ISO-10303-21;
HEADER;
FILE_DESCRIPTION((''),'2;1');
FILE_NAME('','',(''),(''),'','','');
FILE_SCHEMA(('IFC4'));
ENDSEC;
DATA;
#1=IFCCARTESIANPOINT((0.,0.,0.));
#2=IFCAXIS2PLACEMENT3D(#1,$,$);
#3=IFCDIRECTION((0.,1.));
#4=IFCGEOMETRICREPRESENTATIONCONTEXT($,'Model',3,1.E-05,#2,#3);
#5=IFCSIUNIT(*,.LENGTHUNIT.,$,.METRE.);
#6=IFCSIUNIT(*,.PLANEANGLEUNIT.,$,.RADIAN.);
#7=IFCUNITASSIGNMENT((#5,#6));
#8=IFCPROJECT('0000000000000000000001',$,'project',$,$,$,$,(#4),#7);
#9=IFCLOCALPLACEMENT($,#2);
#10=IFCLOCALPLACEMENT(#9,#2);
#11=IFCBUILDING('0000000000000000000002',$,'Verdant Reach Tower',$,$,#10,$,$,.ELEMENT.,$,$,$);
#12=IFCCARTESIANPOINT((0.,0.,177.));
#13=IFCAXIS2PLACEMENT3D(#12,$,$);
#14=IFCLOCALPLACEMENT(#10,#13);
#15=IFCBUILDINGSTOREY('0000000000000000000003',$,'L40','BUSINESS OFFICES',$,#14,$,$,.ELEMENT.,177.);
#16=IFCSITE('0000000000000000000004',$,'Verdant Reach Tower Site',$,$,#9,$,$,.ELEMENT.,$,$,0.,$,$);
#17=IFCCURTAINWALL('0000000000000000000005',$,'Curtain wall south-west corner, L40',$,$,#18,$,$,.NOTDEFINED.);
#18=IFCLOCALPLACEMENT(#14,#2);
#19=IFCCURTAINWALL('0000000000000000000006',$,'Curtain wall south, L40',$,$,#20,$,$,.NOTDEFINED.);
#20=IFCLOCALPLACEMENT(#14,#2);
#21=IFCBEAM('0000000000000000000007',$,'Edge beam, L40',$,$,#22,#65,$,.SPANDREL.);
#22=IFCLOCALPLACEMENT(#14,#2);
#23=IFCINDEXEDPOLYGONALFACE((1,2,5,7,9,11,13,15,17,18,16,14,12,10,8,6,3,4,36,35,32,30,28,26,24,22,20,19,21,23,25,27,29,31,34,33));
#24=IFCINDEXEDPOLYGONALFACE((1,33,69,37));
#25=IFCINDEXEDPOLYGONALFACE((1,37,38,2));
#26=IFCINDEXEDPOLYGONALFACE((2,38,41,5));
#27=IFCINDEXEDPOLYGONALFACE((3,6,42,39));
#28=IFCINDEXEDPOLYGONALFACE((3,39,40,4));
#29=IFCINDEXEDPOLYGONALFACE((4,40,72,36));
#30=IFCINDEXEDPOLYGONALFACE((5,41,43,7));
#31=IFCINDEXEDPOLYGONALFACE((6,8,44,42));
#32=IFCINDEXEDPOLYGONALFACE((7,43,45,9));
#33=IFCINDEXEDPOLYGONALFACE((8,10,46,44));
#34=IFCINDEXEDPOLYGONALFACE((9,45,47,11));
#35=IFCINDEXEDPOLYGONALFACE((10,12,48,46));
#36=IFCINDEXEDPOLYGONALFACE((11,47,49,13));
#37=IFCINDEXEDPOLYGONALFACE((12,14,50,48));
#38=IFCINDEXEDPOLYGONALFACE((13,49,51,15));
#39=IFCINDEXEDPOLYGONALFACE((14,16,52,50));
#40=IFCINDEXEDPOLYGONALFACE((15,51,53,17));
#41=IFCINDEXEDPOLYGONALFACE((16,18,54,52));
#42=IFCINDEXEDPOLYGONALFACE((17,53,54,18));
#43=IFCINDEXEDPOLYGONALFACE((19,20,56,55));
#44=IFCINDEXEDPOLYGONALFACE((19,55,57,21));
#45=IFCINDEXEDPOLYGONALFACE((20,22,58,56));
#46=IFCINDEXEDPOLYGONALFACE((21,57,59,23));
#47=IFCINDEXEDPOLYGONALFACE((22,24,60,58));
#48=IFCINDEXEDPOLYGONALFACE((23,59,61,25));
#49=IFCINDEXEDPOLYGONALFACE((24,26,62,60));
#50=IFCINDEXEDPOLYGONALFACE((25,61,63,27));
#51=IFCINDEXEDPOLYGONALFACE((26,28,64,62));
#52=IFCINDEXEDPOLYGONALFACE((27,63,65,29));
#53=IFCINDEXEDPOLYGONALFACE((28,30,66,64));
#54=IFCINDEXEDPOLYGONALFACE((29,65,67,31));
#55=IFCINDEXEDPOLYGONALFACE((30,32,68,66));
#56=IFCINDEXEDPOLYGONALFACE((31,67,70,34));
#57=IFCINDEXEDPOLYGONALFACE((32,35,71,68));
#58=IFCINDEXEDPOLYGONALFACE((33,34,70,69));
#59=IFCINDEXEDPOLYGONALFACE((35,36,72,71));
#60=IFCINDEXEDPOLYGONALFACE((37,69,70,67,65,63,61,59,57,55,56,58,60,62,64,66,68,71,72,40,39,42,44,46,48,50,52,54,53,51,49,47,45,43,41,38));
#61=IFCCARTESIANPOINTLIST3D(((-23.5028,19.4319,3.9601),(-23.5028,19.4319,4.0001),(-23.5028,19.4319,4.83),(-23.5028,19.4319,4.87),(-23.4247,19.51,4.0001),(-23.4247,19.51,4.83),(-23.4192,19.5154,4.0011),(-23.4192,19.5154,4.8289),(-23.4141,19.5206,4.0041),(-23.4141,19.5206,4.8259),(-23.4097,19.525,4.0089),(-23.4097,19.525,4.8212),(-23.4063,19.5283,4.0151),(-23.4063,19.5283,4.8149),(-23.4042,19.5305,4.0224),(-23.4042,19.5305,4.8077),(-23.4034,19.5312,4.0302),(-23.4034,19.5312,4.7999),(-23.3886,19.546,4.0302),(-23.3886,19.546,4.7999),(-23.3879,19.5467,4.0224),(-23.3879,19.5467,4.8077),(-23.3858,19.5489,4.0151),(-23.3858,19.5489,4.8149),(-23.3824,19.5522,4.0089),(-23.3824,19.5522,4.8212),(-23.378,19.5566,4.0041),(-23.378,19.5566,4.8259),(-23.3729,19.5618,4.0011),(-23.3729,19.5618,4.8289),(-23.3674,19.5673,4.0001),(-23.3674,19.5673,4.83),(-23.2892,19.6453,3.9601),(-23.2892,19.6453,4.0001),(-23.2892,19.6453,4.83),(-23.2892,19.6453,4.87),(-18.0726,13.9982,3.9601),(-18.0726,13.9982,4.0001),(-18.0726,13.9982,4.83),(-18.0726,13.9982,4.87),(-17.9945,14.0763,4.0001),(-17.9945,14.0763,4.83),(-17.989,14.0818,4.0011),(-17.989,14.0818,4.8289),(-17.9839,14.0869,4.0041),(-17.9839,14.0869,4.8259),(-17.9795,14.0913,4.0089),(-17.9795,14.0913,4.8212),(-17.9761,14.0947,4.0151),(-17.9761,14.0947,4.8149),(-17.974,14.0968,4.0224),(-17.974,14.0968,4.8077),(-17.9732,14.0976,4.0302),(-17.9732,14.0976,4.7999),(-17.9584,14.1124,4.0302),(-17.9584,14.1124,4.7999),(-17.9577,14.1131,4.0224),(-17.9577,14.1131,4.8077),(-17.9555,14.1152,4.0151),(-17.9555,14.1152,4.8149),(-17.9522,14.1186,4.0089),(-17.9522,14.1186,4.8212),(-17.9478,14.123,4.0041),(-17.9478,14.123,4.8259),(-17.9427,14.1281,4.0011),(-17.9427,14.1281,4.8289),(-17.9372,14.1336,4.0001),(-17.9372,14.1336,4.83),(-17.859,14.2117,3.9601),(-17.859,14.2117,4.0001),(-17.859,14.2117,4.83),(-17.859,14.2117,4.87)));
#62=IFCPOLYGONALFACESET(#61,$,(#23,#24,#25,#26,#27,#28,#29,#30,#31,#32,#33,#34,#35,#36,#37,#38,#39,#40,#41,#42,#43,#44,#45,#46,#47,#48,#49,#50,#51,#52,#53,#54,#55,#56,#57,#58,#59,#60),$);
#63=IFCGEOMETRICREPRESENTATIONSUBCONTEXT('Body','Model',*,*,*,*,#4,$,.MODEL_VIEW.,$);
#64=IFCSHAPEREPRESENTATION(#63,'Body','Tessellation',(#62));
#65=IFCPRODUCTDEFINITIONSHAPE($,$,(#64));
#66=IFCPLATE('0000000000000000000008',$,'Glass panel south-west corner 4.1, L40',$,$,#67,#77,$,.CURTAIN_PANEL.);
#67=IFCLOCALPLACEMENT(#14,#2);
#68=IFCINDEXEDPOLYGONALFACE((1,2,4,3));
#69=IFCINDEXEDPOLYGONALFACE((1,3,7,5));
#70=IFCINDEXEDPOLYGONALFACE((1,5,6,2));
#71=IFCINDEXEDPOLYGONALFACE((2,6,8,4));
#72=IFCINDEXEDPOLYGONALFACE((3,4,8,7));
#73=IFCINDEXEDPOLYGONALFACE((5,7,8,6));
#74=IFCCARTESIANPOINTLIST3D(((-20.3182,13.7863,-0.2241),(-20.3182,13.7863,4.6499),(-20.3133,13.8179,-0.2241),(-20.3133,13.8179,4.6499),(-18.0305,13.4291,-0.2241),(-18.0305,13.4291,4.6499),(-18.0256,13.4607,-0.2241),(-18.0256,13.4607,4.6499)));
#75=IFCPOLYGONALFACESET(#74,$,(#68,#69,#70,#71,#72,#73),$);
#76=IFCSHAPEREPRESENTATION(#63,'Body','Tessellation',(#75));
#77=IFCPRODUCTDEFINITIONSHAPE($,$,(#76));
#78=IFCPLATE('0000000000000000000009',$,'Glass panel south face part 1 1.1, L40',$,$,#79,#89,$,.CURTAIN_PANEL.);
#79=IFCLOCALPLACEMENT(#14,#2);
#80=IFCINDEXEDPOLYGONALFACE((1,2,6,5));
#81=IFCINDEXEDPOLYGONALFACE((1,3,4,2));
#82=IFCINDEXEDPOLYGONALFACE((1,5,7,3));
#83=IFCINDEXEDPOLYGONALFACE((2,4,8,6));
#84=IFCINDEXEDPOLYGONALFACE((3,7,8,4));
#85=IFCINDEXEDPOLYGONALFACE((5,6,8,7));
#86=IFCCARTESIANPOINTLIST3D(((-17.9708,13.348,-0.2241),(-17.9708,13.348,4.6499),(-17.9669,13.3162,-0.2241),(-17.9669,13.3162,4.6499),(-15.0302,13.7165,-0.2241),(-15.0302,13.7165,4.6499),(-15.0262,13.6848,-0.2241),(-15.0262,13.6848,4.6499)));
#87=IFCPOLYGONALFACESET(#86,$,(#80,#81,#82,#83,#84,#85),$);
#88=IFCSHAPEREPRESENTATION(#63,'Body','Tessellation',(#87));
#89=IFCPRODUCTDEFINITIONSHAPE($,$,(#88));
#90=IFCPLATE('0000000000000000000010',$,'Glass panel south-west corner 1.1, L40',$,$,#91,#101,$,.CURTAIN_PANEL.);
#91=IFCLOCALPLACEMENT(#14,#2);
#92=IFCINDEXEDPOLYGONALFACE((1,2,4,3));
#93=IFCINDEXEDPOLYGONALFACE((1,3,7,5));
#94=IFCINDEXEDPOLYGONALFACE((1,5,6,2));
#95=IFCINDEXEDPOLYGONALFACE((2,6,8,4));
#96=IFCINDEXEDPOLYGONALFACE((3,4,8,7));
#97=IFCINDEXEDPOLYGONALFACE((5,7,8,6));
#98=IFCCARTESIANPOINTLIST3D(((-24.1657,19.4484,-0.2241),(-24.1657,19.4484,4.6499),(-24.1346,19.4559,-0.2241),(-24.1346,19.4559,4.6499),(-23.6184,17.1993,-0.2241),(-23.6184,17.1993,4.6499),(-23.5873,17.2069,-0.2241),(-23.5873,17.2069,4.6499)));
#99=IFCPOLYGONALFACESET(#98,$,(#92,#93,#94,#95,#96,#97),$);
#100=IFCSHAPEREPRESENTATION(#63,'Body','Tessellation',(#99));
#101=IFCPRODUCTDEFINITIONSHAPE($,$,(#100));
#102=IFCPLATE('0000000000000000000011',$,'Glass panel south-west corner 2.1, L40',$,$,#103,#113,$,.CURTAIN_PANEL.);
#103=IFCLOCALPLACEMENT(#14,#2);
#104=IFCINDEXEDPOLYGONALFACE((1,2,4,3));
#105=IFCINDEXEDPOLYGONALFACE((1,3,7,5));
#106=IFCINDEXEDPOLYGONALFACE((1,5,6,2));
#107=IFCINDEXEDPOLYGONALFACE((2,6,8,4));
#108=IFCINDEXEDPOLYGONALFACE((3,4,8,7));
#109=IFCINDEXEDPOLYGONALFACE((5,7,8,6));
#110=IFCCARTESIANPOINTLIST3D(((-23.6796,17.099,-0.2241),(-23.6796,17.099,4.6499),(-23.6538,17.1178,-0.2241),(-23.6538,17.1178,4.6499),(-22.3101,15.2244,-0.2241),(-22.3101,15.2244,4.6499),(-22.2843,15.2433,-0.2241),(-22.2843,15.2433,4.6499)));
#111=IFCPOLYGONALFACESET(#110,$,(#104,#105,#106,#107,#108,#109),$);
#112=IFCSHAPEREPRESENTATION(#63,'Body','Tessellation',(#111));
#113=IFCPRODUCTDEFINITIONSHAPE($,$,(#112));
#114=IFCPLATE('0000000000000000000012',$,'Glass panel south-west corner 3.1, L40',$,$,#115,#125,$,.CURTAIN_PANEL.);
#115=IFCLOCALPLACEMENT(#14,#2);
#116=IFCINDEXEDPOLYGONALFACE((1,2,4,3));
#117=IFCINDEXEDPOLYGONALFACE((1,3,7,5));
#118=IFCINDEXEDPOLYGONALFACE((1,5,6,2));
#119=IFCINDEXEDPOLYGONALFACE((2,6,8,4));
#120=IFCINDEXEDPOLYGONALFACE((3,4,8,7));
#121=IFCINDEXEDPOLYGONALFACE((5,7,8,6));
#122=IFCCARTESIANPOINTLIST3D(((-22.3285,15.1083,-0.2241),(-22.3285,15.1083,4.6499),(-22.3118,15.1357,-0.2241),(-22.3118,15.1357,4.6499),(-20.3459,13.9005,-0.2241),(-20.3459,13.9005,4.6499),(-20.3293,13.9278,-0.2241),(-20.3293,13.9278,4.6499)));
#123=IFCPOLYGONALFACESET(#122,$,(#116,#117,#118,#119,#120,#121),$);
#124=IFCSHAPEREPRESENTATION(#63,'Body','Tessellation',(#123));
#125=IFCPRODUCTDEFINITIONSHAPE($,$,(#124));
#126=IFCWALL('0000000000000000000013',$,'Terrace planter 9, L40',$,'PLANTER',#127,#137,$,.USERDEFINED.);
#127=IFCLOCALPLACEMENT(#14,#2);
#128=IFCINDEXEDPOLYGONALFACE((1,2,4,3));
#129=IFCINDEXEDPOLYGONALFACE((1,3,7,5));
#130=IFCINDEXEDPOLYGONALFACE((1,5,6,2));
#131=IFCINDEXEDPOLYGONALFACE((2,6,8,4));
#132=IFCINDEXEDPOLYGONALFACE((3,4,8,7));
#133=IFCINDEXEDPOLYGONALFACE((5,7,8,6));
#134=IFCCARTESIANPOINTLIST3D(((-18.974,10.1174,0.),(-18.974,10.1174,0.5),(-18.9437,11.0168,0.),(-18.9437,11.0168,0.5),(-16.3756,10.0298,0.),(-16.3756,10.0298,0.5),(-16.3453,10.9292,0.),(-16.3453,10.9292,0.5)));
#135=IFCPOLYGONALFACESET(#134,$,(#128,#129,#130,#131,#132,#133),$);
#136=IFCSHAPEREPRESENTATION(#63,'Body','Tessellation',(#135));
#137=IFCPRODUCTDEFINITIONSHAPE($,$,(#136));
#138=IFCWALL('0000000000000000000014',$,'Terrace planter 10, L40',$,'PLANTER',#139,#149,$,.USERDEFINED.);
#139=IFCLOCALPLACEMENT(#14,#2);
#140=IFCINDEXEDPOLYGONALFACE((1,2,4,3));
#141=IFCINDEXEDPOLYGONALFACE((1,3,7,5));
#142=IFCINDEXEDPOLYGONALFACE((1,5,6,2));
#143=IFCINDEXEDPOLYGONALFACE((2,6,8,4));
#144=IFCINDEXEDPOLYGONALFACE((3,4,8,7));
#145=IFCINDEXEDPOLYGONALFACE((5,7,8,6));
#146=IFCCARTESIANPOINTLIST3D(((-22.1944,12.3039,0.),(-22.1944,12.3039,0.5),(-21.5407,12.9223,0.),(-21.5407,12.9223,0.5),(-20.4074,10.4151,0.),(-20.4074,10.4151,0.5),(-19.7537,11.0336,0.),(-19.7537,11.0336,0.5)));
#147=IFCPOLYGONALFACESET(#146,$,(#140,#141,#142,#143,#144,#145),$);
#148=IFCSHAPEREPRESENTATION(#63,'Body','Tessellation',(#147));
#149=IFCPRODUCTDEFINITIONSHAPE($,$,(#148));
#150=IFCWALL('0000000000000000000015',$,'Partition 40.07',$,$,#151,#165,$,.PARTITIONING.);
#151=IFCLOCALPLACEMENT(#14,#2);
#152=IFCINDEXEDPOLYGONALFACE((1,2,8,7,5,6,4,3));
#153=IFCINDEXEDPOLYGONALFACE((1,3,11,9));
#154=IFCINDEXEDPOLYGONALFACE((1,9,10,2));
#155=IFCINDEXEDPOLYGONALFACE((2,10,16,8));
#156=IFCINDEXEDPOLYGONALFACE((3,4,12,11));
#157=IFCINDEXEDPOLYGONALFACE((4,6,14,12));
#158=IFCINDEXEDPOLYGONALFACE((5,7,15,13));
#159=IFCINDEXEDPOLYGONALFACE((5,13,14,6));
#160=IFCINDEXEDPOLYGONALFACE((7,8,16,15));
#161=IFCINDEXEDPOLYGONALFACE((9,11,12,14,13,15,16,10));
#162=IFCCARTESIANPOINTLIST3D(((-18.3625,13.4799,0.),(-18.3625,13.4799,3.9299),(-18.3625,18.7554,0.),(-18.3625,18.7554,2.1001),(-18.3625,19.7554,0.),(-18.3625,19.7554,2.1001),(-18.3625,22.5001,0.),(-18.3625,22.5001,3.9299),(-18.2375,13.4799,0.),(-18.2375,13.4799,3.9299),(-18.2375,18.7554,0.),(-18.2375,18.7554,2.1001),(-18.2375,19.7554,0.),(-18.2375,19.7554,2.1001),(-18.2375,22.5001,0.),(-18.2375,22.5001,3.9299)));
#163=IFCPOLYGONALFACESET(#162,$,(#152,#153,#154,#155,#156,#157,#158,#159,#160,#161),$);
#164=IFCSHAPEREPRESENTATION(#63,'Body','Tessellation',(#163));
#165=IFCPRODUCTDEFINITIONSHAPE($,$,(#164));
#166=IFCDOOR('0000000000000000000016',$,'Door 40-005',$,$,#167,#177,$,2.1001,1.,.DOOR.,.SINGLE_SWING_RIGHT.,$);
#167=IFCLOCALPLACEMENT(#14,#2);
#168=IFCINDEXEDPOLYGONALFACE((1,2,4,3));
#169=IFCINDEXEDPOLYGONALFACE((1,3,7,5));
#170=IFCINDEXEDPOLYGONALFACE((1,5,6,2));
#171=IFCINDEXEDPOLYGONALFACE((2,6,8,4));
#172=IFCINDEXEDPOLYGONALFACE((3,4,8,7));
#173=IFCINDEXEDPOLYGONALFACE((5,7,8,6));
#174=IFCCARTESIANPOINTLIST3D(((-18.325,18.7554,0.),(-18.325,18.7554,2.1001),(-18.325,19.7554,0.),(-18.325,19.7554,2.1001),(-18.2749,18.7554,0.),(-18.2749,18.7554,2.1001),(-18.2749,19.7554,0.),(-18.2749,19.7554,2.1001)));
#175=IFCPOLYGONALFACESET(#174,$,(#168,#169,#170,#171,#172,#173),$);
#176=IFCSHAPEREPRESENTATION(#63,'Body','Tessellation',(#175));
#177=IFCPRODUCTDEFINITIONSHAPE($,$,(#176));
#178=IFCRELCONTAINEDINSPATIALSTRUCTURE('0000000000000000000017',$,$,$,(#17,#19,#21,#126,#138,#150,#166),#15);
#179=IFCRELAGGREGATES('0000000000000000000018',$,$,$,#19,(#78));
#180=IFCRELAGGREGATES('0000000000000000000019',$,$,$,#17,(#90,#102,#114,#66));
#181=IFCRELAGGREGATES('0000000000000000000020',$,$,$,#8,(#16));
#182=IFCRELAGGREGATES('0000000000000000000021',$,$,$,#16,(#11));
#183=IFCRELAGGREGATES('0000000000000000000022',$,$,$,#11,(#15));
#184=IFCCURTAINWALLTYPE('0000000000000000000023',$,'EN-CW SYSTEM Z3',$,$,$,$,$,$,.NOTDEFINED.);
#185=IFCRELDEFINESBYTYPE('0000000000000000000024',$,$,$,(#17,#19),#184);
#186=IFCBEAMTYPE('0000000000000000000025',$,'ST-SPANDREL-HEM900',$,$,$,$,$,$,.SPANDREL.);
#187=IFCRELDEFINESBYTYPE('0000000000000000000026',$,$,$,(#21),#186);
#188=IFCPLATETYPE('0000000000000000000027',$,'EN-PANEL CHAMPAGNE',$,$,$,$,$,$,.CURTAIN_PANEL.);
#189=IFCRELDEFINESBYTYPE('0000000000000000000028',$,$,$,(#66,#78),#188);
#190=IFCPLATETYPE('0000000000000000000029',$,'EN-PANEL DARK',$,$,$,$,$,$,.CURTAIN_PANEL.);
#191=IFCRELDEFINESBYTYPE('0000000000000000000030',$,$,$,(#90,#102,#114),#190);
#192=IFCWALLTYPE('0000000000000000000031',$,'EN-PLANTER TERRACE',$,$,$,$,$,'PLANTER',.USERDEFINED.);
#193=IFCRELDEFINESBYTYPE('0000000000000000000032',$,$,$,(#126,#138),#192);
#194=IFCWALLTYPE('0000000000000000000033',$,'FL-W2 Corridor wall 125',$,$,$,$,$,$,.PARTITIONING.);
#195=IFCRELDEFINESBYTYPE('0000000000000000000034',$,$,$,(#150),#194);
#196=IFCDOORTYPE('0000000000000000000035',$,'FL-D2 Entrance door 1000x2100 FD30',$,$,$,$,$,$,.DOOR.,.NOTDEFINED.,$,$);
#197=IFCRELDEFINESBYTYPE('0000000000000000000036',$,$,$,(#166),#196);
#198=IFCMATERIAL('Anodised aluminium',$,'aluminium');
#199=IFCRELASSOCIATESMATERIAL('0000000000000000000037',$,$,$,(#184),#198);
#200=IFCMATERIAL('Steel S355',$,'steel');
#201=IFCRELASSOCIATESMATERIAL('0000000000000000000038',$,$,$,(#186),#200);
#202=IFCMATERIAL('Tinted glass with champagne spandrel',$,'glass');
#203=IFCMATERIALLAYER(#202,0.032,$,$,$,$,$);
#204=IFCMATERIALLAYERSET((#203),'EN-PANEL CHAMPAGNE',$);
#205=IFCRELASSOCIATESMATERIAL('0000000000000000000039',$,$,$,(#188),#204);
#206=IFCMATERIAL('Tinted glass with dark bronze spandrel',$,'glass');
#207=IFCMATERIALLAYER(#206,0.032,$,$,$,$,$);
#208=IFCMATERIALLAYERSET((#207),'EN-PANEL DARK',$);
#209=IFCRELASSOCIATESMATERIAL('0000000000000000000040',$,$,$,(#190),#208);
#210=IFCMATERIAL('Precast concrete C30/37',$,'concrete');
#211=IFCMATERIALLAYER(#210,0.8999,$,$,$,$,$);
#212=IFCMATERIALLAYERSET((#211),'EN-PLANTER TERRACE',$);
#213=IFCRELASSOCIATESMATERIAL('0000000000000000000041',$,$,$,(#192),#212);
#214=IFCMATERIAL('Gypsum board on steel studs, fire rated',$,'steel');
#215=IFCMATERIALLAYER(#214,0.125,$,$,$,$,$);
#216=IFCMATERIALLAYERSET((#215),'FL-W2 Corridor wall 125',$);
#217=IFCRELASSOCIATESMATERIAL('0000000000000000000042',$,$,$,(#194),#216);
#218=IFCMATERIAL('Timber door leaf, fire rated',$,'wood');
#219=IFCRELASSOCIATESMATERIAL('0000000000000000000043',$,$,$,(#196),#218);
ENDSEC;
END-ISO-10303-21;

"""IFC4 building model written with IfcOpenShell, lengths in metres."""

from ifc_helpers import new_model, si_unit, direction, frame, frame_2d, origin, origin_2d, place, context, subcontext, project, spatial, rectangle, i_section, extrude, material, layer, layer_set, material_profile, profile_set, type_object, element, fill, aggregate, save


model = new_model("IFC4")

# Units and contexts
model_context = context("Model", 3, precision=1e-05, world=origin(), true_north=direction((0.0, 1.0)))
body_context = subcontext(model_context, "Body", "Model", "MODEL_VIEW")
ifc_project = project(units=[si_unit("LENGTHUNIT", "METRE"), si_unit("PLANEANGLEUNIT", "RADIAN")], contexts=[model_context])

# Site, building, storey
site_placement = place(None, origin())
site = spatial("IfcSite", under=ifc_project, at=site_placement, Name="Verdant Reach Tower Site", CompositionType="ELEMENT", RefElevation=0.0)
building_placement = place(site_placement, origin())
building = spatial("IfcBuilding", under=site, at=building_placement, Name="Verdant Reach Tower", CompositionType="ELEMENT")
storey_placement = place(building_placement, frame((0.0, 0.0, 177.0)))
storey = spatial("IfcBuildingStorey", under=building, at=storey_placement, Name="L40", Description="BUSINESS OFFICES", CompositionType="ELEMENT", Elevation=177.0)

# Curtain walls
ifc_material_1 = material(Name="Anodised aluminium", Category="aluminium")
curtain_wall_type = type_object("IfcCurtainWallType", Name="EN-CW SYSTEM Z3", PredefinedType="NOTDEFINED", material=ifc_material_1)
curtain_wall_1_placement = place(storey_placement, origin())
curtain_wall_1 = element("IfcCurtainWall", 1, at=curtain_wall_1_placement, inside=storey, type_object=curtain_wall_type, Name="Curtain wall south-west corner, L40", PredefinedType="NOTDEFINED")
curtain_wall_2_placement = place(storey_placement, origin())
curtain_wall_2 = element("IfcCurtainWall", 2, at=curtain_wall_2_placement, inside=storey, type_object=curtain_wall_type, Name="Curtain wall south, L40", PredefinedType="NOTDEFINED")

# Beam
ifc_material_2 = material(Name="Steel S355", Category="steel")
ifc_material_profile_1 = material_profile(ifc_material_2, i_section(OverallWidth=0.302, OverallDepth=0.9099, WebThickness=0.021, FlangeThickness=0.04, FilletRadius=0.03, at=origin_2d()), Name="HEM 900")
ifc_profile_set_1 = profile_set([ifc_material_profile_1], Name="Steel S355")
beam_type_1 = type_object("IfcBeamType", Name="ST-SPANDREL-HEM900", PredefinedType="SPANDREL", material=ifc_profile_set_1)
beam_1_placement = place(storey_placement, frame((-17.9658, 14.105, 4.415), z_axis=(-0.706884, 0.707329, 0.0), x_axis=(-0.707329, -0.706884, 0.0)))
element("IfcBeam", 3, at=beam_1_placement, inside=storey, type_object=beam_type_1, Name="Edge beam, L40", PredefinedType="SPANDREL", context=body_context, shape_type="SweptSolid", body=[
    extrude(i_section(OverallWidth=0.302, OverallDepth=0.9099, WebThickness=0.021, FlangeThickness=0.04, FilletRadius=0.03, at=origin_2d()), origin(), (0.0, 0.0, 1.0), 7.6819),
])

# Plates
ifc_material_3 = material(Name="Tinted glass with champagne spandrel", Category="glass")
ifc_layer_1 = layer(ifc_material_3, 0.032)
ifc_layer_set_1 = layer_set([ifc_layer_1], Name="EN-PANEL CHAMPAGNE")
plate_type_1 = type_object("IfcPlateType", Name="EN-PANEL CHAMPAGNE", PredefinedType="CURTAIN_PANEL", material=ifc_layer_set_1)
plate_1_placement = place(storey_placement, frame((-19.1719, 13.6235, -0.2241), z_axis=(0.0, 0.0, 1.0), x_axis=(0.988029, -0.154268, 0.0)))
plate_1 = element("IfcPlate", 4, at=plate_1_placement, type_object=plate_type_1, Name="Glass panel south-west corner 4.1, L40", PredefinedType="CURTAIN_PANEL", context=body_context, shape_type="SweptSolid", body=[
    extrude(rectangle(XDim=2.3154, YDim=0.032, at=origin_2d()), origin(), (0.0, 0.0, 1.0), 4.874),
])
plate_2_placement = place(storey_placement, frame((-16.4985, 13.5164, -0.2241), z_axis=(0.0, 0.0, 1.0), x_axis=(0.992238, 0.124355, 0.0)))
plate_2 = element("IfcPlate", 5, at=plate_2_placement, type_object=plate_type_1, Name="Glass panel south face part 1 1.1, L40", PredefinedType="CURTAIN_PANEL", context=body_context, shape_type="SweptSolid", body=[
    extrude(rectangle(XDim=2.9636, YDim=0.032, at=origin_2d()), origin(), (0.0, 0.0, 1.0), 4.874),
])
aggregate(curtain_wall_2, [plate_2])
ifc_material_4 = material(Name="Tinted glass with dark bronze spandrel", Category="glass")
ifc_layer_2 = layer(ifc_material_4, 0.032)
ifc_layer_set_2 = layer_set([ifc_layer_2], Name="EN-PANEL DARK")
plate_type_2 = type_object("IfcPlateType", Name="EN-PANEL DARK", PredefinedType="CURTAIN_PANEL", material=ifc_layer_set_2)
plate_3_placement = place(storey_placement, frame((-23.8765, 18.3276, -0.2241), z_axis=(0.0, 0.0, 1.0), x_axis=(0.236446, -0.971645, 0.0)))
plate_3 = element("IfcPlate", 6, at=plate_3_placement, type_object=plate_type_2, Name="Glass panel south-west corner 1.1, L40", PredefinedType="CURTAIN_PANEL", context=body_context, shape_type="SweptSolid", body=[
    extrude(rectangle(XDim=2.3147, YDim=0.032, at=origin_2d()), origin(), (0.0, 0.0, 1.0), 4.874),
])
plate_4_placement = place(storey_placement, frame((-22.9819, 16.1711, -0.2241), z_axis=(0.0, 0.0, 1.0), x_axis=(0.589927, -0.807457, 0.0)))
plate_4 = element("IfcPlate", 7, at=plate_4_placement, type_object=plate_type_2, Name="Glass panel south-west corner 2.1, L40", PredefinedType="CURTAIN_PANEL", context=body_context, shape_type="SweptSolid", body=[
    extrude(rectangle(XDim=2.3215, YDim=0.032, at=origin_2d()), origin(), (0.0, 0.0, 1.0), 4.874),
])
plate_5_placement = place(storey_placement, frame((-21.3289, 14.5181, -0.2241), z_axis=(0.0, 0.0, 1.0), x_axis=(0.853989, -0.520292, 0.0)))
plate_5 = element("IfcPlate", 8, at=plate_5_placement, type_object=plate_type_2, Name="Glass panel south-west corner 3.1, L40", PredefinedType="CURTAIN_PANEL", context=body_context, shape_type="SweptSolid", body=[
    extrude(rectangle(XDim=2.3215, YDim=0.032, at=origin_2d()), origin(), (0.0, 0.0, 1.0), 4.874),
])
aggregate(curtain_wall_1, [plate_3, plate_4, plate_5, plate_1])

# Walls
ifc_material_5 = material(Name="Precast concrete C30/37", Category="concrete")
ifc_layer_3 = layer(ifc_material_5, 0.8999)
ifc_layer_set_3 = layer_set([ifc_layer_3], Name="EN-PLANTER TERRACE")
wall_type_1 = type_object("IfcWallType", Name="EN-PLANTER TERRACE", ElementType="PLANTER", PredefinedType="USERDEFINED", material=ifc_layer_set_3)
wall_1_placement = place(storey_placement, frame((-16.3606, 10.4795, 0.0), z_axis=(0.0, 0.0, 1.0), x_axis=(-0.999432, 0.033712, 0.0)))
element("IfcWall", 9, at=wall_1_placement, inside=storey, type_object=wall_type_1, Name="Terrace planter 9, L40", ObjectType="PLANTER", PredefinedType="USERDEFINED", context=body_context, shape_type="SweptSolid", body=[
    extrude(rectangle(XDim=2.5999, YDim=0.8999, at=frame_2d((1.2998, 0.0))), origin(), (0.0, 0.0, 1.0), 0.5),
])
wall_2_placement = place(storey_placement, frame((-20.0806, 10.7244, 0.0), z_axis=(0.0, 0.0, 1.0), x_axis=(-0.687257, 0.726414, 0.0)))
element("IfcWall", 10, at=wall_2_placement, inside=storey, type_object=wall_type_1, Name="Terrace planter 10, L40", ObjectType="PLANTER", PredefinedType="USERDEFINED", context=body_context, shape_type="SweptSolid", body=[
    extrude(rectangle(XDim=2.6001, YDim=0.8999, at=frame_2d((1.3, 0.0))), origin(), (0.0, 0.0, 1.0), 0.5),
])

# Wall, opening, door
ifc_material_6 = material(Name="Gypsum board on steel studs, fire rated", Category="steel")
ifc_layer_4 = layer(ifc_material_6, 0.125)
ifc_layer_set_4 = layer_set([ifc_layer_4], Name="FL-W2 Corridor wall 125")
wall_type_2 = type_object("IfcWallType", Name="FL-W2 Corridor wall 125", PredefinedType="PARTITIONING", material=ifc_layer_set_4)
wall_3_placement = place(storey_placement, frame((-18.3, 13.4797, 0.0), z_axis=(0.0, 0.0, 1.0), x_axis=(0.0, 1.0, 0.0)))
wall_3 = element("IfcWall", 11, at=wall_3_placement, inside=storey, type_object=wall_type_2, Name="Partition 40.07", PredefinedType="PARTITIONING", context=body_context, shape_type="SweptSolid", body=[
    extrude(rectangle(XDim=9.0203, YDim=0.125, at=frame_2d((4.5103, 0.0))), origin(), (0.0, 0.0, 1.0), 3.9299),
])
opening_placement = place(wall_3_placement, frame((5.2756, 0.0, 0.0)))
opening = element("IfcOpeningElement", 12, at=opening_placement, cuts=wall_3, PredefinedType="OPENING", context=body_context, shape_type="SweptSolid", body=[
    extrude(rectangle(XDim=1.0, YDim=2.1001, at=frame_2d((0.5, 1.05))), frame((0.0, 0.0725, 0.0), z_axis=(0.0, -1.0, 0.0), x_axis=(1.0, 0.0, 0.0)), (0.0, 0.0, 1.0), 0.145),
])
ifc_material_7 = material(Name="Timber door leaf, fire rated", Category="wood")
door_type = type_object("IfcDoorType", Name="FL-D2 Entrance door 1000x2100 FD30", OperationType="NOTDEFINED", PredefinedType="DOOR", material=ifc_material_7)
door_placement = place(opening_placement, origin())
door = element("IfcDoor", 13, at=door_placement, inside=storey, type_object=door_type, Name="Door 40-005", OperationType="SINGLE_SWING_RIGHT", OverallHeight=2.1001, OverallWidth=1.0, PredefinedType="DOOR", context=body_context, shape_type="SweptSolid", body=[
    extrude(rectangle(XDim=1.0, YDim=2.1001, at=frame_2d((0.5, 1.05))), frame((0.0, 0.0249, 0.0), z_axis=(0.0, -1.0, 0.0), x_axis=(1.0, 0.0, 0.0)), (0.0, 0.0, 1.0), 0.05),
])
fill(opening, door)

save(model, "model.ifc")
